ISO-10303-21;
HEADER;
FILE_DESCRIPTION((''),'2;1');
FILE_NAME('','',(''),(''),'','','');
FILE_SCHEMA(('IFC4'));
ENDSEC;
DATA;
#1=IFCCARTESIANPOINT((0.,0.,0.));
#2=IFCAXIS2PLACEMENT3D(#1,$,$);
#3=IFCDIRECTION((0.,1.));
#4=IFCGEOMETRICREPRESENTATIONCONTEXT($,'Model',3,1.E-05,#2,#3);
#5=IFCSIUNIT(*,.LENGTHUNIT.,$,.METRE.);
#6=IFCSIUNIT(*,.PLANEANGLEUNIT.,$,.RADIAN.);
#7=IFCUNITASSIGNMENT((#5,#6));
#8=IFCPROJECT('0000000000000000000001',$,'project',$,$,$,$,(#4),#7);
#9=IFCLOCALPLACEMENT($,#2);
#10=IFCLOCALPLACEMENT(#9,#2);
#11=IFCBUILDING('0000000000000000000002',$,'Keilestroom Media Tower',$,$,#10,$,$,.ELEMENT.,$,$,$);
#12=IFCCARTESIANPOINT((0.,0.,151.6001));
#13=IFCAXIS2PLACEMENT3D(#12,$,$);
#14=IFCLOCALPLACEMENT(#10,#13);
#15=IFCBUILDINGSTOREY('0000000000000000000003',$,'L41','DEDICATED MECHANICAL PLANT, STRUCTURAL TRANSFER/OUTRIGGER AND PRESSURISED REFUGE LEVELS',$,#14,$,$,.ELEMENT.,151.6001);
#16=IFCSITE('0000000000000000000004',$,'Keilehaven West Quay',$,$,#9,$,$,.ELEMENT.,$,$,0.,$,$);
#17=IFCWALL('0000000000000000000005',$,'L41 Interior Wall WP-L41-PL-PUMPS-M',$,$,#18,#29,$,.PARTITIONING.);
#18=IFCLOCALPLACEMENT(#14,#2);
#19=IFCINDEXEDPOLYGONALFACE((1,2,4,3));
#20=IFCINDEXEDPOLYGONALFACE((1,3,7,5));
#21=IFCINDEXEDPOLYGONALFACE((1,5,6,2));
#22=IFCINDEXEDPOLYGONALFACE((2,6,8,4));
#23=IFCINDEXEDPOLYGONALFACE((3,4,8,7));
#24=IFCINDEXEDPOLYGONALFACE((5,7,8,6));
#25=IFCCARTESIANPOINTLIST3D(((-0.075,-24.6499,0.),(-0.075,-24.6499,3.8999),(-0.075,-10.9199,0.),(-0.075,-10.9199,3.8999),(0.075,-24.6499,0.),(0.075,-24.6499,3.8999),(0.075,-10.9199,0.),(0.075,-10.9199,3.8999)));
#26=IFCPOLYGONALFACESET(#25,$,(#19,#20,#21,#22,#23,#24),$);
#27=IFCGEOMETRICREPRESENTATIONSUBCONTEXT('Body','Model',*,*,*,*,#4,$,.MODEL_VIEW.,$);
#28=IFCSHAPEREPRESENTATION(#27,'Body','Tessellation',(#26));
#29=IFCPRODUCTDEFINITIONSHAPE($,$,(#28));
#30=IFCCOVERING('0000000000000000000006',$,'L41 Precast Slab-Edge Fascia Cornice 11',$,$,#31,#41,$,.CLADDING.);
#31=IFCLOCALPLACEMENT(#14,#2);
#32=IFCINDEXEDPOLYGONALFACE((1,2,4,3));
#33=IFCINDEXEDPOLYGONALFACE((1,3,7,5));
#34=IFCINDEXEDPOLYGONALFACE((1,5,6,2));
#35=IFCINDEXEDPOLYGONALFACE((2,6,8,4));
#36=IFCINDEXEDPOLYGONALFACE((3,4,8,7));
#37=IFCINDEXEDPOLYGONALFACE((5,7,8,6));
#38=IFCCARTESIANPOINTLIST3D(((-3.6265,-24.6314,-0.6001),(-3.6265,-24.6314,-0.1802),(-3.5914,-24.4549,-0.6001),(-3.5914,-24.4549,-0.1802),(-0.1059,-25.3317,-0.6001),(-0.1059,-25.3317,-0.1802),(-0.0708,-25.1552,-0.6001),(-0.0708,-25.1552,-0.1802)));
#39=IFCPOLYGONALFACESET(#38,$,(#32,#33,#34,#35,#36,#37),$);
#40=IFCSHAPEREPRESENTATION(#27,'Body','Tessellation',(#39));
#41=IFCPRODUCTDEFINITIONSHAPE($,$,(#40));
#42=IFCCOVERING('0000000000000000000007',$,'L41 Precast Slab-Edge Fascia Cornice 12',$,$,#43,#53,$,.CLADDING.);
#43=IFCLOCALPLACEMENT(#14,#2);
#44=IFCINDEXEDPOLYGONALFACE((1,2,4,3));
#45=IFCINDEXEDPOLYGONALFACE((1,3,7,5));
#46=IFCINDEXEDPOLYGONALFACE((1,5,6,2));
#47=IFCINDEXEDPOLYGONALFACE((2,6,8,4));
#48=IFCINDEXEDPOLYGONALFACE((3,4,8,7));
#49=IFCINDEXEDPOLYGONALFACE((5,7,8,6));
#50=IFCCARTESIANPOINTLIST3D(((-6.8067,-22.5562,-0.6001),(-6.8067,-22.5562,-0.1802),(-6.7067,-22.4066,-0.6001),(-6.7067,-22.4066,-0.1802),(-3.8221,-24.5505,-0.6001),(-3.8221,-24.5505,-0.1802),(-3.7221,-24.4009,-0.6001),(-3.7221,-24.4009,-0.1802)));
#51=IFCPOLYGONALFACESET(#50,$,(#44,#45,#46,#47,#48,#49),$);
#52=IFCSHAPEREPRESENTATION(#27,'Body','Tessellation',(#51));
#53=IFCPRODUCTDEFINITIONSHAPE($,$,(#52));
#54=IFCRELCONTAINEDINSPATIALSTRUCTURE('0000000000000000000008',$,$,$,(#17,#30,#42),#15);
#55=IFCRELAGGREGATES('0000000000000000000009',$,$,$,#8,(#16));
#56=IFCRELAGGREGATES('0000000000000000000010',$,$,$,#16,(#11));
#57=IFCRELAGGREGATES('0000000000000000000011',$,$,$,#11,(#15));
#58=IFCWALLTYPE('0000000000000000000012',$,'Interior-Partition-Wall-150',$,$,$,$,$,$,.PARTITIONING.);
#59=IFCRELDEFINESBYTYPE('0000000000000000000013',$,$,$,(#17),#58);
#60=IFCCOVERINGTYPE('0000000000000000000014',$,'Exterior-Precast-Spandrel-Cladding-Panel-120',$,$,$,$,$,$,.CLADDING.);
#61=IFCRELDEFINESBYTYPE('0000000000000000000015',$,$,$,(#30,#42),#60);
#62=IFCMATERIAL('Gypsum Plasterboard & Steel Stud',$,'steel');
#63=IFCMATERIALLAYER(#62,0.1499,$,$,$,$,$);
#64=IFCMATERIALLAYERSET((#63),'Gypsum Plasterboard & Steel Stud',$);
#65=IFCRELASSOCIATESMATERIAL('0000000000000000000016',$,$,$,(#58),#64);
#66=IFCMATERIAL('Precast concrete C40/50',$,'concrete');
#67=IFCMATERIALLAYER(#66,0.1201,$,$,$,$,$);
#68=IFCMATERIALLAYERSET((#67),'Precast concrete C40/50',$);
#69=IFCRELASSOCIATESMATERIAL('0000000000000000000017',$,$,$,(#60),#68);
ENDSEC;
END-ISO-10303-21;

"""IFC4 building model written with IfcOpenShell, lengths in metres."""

from ifc_helpers import new_model, si_unit, direction, frame, frame_2d, origin, origin_2d, place, context, subcontext, project, spatial, rectangle, extrude, source, transform, mapped, material, layer, layer_set, type_object, element, save


model = new_model("IFC4")

# Units and contexts
model_context = context("Model", 3, precision=1e-05, world=origin(), true_north=direction((0.0, 1.0)))
body_context = subcontext(model_context, "Body", "Model", "MODEL_VIEW")
ifc_project = project(units=[si_unit("LENGTHUNIT", "METRE"), si_unit("PLANEANGLEUNIT", "RADIAN")], contexts=[model_context])

# Site, building, storey
site_placement = place(None, origin())
site = spatial("IfcSite", under=ifc_project, at=site_placement, Name="Keilehaven West Quay", CompositionType="ELEMENT", RefElevation=0.0)
building_placement = place(site_placement, origin())
building = spatial("IfcBuilding", under=site, at=building_placement, Name="Keilestroom Media Tower", CompositionType="ELEMENT")
storey_placement = place(building_placement, frame((0.0, 0.0, 151.6001)))
storey = spatial("IfcBuildingStorey", under=building, at=storey_placement, Name="L41", Description="DEDICATED MECHANICAL PLANT, STRUCTURAL TRANSFER/OUTRIGGER AND PRESSURISED REFUGE LEVELS", CompositionType="ELEMENT", Elevation=151.6001)

# Wall
ifc_material_1 = material(Name="Precast concrete C40/50", Category="concrete")
ifc_material_2 = material(Name="Gypsum Plasterboard & Steel Stud", Category="steel")
ifc_layer_1 = layer(ifc_material_2, 0.1499)
ifc_layer_set_1 = layer_set([ifc_layer_1], Name="Gypsum Plasterboard & Steel Stud")
wall_type_1 = type_object("IfcWallType", Name="Interior-Partition-Wall-150", PredefinedType="PARTITIONING", material=ifc_layer_set_1)
wall_1_placement = place(storey_placement, frame((0.0, -24.6499, 0.0), z_axis=(0.0, 0.0, 1.0), x_axis=(0.0, 1.0, 0.0)))
element("IfcWall", 1, at=wall_1_placement, inside=storey, type_object=wall_type_1, Name="L41 Interior Wall WP-L41-PL-PUMPS-M", PredefinedType="PARTITIONING", context=body_context, shape_type="SweptSolid", body=[
    extrude(rectangle(XDim=13.73, YDim=0.1499, at=frame_2d((6.865, 0.0))), origin(), (0.0, 0.0, 1.0), 3.8999),
])

# Coverings
ifc_layer_2 = layer(ifc_material_1, 0.1201)
ifc_layer_set_2 = layer_set([ifc_layer_2], Name="Precast concrete C40/50")
covering_type = type_object("IfcCoveringType", Name="Exterior-Precast-Spandrel-Cladding-Panel-120", PredefinedType="CLADDING", material=ifc_layer_set_2)
shared_shape_1 = source(origin(), body_context, "Body", "SweptSolid", [
    extrude(rectangle(XDim=3.5896, YDim=0.1799, at=origin_2d()), origin(), (0.0, 0.0, 1.0), 0.4199),
])
for number, where, z_axis, x_axis, name in (
    (2, (-1.8486, -24.8933, -0.6001), (0.0, 0.0, 1.0), (-0.980784, 0.195099, 0.0), "L41 Precast Slab-Edge Fascia Cornice 11"),
    (3, (-5.2644, -23.4785, -0.6001), (0.0, 0.0, 1.0), (-0.831467, 0.555575, 0.0), "L41 Precast Slab-Edge Fascia Cornice 12"),
):
    element("IfcCovering", number, at=place(storey_placement, frame(where, z_axis=z_axis, x_axis=x_axis)), inside=storey, type_object=covering_type, Name=name, PredefinedType="CLADDING", context=body_context, shape_type="MappedRepresentation", body=[
        mapped(shared_shape_1, transform((0.0, 0.0, 0.0), x_axis=(1.0, 0.0, 0.0), y_axis=(0.0, 1.0, 0.0), z_axis=(0.0, 0.0, 1.0), scale=1.0)),
    ])

save(model, "model.ifc")
